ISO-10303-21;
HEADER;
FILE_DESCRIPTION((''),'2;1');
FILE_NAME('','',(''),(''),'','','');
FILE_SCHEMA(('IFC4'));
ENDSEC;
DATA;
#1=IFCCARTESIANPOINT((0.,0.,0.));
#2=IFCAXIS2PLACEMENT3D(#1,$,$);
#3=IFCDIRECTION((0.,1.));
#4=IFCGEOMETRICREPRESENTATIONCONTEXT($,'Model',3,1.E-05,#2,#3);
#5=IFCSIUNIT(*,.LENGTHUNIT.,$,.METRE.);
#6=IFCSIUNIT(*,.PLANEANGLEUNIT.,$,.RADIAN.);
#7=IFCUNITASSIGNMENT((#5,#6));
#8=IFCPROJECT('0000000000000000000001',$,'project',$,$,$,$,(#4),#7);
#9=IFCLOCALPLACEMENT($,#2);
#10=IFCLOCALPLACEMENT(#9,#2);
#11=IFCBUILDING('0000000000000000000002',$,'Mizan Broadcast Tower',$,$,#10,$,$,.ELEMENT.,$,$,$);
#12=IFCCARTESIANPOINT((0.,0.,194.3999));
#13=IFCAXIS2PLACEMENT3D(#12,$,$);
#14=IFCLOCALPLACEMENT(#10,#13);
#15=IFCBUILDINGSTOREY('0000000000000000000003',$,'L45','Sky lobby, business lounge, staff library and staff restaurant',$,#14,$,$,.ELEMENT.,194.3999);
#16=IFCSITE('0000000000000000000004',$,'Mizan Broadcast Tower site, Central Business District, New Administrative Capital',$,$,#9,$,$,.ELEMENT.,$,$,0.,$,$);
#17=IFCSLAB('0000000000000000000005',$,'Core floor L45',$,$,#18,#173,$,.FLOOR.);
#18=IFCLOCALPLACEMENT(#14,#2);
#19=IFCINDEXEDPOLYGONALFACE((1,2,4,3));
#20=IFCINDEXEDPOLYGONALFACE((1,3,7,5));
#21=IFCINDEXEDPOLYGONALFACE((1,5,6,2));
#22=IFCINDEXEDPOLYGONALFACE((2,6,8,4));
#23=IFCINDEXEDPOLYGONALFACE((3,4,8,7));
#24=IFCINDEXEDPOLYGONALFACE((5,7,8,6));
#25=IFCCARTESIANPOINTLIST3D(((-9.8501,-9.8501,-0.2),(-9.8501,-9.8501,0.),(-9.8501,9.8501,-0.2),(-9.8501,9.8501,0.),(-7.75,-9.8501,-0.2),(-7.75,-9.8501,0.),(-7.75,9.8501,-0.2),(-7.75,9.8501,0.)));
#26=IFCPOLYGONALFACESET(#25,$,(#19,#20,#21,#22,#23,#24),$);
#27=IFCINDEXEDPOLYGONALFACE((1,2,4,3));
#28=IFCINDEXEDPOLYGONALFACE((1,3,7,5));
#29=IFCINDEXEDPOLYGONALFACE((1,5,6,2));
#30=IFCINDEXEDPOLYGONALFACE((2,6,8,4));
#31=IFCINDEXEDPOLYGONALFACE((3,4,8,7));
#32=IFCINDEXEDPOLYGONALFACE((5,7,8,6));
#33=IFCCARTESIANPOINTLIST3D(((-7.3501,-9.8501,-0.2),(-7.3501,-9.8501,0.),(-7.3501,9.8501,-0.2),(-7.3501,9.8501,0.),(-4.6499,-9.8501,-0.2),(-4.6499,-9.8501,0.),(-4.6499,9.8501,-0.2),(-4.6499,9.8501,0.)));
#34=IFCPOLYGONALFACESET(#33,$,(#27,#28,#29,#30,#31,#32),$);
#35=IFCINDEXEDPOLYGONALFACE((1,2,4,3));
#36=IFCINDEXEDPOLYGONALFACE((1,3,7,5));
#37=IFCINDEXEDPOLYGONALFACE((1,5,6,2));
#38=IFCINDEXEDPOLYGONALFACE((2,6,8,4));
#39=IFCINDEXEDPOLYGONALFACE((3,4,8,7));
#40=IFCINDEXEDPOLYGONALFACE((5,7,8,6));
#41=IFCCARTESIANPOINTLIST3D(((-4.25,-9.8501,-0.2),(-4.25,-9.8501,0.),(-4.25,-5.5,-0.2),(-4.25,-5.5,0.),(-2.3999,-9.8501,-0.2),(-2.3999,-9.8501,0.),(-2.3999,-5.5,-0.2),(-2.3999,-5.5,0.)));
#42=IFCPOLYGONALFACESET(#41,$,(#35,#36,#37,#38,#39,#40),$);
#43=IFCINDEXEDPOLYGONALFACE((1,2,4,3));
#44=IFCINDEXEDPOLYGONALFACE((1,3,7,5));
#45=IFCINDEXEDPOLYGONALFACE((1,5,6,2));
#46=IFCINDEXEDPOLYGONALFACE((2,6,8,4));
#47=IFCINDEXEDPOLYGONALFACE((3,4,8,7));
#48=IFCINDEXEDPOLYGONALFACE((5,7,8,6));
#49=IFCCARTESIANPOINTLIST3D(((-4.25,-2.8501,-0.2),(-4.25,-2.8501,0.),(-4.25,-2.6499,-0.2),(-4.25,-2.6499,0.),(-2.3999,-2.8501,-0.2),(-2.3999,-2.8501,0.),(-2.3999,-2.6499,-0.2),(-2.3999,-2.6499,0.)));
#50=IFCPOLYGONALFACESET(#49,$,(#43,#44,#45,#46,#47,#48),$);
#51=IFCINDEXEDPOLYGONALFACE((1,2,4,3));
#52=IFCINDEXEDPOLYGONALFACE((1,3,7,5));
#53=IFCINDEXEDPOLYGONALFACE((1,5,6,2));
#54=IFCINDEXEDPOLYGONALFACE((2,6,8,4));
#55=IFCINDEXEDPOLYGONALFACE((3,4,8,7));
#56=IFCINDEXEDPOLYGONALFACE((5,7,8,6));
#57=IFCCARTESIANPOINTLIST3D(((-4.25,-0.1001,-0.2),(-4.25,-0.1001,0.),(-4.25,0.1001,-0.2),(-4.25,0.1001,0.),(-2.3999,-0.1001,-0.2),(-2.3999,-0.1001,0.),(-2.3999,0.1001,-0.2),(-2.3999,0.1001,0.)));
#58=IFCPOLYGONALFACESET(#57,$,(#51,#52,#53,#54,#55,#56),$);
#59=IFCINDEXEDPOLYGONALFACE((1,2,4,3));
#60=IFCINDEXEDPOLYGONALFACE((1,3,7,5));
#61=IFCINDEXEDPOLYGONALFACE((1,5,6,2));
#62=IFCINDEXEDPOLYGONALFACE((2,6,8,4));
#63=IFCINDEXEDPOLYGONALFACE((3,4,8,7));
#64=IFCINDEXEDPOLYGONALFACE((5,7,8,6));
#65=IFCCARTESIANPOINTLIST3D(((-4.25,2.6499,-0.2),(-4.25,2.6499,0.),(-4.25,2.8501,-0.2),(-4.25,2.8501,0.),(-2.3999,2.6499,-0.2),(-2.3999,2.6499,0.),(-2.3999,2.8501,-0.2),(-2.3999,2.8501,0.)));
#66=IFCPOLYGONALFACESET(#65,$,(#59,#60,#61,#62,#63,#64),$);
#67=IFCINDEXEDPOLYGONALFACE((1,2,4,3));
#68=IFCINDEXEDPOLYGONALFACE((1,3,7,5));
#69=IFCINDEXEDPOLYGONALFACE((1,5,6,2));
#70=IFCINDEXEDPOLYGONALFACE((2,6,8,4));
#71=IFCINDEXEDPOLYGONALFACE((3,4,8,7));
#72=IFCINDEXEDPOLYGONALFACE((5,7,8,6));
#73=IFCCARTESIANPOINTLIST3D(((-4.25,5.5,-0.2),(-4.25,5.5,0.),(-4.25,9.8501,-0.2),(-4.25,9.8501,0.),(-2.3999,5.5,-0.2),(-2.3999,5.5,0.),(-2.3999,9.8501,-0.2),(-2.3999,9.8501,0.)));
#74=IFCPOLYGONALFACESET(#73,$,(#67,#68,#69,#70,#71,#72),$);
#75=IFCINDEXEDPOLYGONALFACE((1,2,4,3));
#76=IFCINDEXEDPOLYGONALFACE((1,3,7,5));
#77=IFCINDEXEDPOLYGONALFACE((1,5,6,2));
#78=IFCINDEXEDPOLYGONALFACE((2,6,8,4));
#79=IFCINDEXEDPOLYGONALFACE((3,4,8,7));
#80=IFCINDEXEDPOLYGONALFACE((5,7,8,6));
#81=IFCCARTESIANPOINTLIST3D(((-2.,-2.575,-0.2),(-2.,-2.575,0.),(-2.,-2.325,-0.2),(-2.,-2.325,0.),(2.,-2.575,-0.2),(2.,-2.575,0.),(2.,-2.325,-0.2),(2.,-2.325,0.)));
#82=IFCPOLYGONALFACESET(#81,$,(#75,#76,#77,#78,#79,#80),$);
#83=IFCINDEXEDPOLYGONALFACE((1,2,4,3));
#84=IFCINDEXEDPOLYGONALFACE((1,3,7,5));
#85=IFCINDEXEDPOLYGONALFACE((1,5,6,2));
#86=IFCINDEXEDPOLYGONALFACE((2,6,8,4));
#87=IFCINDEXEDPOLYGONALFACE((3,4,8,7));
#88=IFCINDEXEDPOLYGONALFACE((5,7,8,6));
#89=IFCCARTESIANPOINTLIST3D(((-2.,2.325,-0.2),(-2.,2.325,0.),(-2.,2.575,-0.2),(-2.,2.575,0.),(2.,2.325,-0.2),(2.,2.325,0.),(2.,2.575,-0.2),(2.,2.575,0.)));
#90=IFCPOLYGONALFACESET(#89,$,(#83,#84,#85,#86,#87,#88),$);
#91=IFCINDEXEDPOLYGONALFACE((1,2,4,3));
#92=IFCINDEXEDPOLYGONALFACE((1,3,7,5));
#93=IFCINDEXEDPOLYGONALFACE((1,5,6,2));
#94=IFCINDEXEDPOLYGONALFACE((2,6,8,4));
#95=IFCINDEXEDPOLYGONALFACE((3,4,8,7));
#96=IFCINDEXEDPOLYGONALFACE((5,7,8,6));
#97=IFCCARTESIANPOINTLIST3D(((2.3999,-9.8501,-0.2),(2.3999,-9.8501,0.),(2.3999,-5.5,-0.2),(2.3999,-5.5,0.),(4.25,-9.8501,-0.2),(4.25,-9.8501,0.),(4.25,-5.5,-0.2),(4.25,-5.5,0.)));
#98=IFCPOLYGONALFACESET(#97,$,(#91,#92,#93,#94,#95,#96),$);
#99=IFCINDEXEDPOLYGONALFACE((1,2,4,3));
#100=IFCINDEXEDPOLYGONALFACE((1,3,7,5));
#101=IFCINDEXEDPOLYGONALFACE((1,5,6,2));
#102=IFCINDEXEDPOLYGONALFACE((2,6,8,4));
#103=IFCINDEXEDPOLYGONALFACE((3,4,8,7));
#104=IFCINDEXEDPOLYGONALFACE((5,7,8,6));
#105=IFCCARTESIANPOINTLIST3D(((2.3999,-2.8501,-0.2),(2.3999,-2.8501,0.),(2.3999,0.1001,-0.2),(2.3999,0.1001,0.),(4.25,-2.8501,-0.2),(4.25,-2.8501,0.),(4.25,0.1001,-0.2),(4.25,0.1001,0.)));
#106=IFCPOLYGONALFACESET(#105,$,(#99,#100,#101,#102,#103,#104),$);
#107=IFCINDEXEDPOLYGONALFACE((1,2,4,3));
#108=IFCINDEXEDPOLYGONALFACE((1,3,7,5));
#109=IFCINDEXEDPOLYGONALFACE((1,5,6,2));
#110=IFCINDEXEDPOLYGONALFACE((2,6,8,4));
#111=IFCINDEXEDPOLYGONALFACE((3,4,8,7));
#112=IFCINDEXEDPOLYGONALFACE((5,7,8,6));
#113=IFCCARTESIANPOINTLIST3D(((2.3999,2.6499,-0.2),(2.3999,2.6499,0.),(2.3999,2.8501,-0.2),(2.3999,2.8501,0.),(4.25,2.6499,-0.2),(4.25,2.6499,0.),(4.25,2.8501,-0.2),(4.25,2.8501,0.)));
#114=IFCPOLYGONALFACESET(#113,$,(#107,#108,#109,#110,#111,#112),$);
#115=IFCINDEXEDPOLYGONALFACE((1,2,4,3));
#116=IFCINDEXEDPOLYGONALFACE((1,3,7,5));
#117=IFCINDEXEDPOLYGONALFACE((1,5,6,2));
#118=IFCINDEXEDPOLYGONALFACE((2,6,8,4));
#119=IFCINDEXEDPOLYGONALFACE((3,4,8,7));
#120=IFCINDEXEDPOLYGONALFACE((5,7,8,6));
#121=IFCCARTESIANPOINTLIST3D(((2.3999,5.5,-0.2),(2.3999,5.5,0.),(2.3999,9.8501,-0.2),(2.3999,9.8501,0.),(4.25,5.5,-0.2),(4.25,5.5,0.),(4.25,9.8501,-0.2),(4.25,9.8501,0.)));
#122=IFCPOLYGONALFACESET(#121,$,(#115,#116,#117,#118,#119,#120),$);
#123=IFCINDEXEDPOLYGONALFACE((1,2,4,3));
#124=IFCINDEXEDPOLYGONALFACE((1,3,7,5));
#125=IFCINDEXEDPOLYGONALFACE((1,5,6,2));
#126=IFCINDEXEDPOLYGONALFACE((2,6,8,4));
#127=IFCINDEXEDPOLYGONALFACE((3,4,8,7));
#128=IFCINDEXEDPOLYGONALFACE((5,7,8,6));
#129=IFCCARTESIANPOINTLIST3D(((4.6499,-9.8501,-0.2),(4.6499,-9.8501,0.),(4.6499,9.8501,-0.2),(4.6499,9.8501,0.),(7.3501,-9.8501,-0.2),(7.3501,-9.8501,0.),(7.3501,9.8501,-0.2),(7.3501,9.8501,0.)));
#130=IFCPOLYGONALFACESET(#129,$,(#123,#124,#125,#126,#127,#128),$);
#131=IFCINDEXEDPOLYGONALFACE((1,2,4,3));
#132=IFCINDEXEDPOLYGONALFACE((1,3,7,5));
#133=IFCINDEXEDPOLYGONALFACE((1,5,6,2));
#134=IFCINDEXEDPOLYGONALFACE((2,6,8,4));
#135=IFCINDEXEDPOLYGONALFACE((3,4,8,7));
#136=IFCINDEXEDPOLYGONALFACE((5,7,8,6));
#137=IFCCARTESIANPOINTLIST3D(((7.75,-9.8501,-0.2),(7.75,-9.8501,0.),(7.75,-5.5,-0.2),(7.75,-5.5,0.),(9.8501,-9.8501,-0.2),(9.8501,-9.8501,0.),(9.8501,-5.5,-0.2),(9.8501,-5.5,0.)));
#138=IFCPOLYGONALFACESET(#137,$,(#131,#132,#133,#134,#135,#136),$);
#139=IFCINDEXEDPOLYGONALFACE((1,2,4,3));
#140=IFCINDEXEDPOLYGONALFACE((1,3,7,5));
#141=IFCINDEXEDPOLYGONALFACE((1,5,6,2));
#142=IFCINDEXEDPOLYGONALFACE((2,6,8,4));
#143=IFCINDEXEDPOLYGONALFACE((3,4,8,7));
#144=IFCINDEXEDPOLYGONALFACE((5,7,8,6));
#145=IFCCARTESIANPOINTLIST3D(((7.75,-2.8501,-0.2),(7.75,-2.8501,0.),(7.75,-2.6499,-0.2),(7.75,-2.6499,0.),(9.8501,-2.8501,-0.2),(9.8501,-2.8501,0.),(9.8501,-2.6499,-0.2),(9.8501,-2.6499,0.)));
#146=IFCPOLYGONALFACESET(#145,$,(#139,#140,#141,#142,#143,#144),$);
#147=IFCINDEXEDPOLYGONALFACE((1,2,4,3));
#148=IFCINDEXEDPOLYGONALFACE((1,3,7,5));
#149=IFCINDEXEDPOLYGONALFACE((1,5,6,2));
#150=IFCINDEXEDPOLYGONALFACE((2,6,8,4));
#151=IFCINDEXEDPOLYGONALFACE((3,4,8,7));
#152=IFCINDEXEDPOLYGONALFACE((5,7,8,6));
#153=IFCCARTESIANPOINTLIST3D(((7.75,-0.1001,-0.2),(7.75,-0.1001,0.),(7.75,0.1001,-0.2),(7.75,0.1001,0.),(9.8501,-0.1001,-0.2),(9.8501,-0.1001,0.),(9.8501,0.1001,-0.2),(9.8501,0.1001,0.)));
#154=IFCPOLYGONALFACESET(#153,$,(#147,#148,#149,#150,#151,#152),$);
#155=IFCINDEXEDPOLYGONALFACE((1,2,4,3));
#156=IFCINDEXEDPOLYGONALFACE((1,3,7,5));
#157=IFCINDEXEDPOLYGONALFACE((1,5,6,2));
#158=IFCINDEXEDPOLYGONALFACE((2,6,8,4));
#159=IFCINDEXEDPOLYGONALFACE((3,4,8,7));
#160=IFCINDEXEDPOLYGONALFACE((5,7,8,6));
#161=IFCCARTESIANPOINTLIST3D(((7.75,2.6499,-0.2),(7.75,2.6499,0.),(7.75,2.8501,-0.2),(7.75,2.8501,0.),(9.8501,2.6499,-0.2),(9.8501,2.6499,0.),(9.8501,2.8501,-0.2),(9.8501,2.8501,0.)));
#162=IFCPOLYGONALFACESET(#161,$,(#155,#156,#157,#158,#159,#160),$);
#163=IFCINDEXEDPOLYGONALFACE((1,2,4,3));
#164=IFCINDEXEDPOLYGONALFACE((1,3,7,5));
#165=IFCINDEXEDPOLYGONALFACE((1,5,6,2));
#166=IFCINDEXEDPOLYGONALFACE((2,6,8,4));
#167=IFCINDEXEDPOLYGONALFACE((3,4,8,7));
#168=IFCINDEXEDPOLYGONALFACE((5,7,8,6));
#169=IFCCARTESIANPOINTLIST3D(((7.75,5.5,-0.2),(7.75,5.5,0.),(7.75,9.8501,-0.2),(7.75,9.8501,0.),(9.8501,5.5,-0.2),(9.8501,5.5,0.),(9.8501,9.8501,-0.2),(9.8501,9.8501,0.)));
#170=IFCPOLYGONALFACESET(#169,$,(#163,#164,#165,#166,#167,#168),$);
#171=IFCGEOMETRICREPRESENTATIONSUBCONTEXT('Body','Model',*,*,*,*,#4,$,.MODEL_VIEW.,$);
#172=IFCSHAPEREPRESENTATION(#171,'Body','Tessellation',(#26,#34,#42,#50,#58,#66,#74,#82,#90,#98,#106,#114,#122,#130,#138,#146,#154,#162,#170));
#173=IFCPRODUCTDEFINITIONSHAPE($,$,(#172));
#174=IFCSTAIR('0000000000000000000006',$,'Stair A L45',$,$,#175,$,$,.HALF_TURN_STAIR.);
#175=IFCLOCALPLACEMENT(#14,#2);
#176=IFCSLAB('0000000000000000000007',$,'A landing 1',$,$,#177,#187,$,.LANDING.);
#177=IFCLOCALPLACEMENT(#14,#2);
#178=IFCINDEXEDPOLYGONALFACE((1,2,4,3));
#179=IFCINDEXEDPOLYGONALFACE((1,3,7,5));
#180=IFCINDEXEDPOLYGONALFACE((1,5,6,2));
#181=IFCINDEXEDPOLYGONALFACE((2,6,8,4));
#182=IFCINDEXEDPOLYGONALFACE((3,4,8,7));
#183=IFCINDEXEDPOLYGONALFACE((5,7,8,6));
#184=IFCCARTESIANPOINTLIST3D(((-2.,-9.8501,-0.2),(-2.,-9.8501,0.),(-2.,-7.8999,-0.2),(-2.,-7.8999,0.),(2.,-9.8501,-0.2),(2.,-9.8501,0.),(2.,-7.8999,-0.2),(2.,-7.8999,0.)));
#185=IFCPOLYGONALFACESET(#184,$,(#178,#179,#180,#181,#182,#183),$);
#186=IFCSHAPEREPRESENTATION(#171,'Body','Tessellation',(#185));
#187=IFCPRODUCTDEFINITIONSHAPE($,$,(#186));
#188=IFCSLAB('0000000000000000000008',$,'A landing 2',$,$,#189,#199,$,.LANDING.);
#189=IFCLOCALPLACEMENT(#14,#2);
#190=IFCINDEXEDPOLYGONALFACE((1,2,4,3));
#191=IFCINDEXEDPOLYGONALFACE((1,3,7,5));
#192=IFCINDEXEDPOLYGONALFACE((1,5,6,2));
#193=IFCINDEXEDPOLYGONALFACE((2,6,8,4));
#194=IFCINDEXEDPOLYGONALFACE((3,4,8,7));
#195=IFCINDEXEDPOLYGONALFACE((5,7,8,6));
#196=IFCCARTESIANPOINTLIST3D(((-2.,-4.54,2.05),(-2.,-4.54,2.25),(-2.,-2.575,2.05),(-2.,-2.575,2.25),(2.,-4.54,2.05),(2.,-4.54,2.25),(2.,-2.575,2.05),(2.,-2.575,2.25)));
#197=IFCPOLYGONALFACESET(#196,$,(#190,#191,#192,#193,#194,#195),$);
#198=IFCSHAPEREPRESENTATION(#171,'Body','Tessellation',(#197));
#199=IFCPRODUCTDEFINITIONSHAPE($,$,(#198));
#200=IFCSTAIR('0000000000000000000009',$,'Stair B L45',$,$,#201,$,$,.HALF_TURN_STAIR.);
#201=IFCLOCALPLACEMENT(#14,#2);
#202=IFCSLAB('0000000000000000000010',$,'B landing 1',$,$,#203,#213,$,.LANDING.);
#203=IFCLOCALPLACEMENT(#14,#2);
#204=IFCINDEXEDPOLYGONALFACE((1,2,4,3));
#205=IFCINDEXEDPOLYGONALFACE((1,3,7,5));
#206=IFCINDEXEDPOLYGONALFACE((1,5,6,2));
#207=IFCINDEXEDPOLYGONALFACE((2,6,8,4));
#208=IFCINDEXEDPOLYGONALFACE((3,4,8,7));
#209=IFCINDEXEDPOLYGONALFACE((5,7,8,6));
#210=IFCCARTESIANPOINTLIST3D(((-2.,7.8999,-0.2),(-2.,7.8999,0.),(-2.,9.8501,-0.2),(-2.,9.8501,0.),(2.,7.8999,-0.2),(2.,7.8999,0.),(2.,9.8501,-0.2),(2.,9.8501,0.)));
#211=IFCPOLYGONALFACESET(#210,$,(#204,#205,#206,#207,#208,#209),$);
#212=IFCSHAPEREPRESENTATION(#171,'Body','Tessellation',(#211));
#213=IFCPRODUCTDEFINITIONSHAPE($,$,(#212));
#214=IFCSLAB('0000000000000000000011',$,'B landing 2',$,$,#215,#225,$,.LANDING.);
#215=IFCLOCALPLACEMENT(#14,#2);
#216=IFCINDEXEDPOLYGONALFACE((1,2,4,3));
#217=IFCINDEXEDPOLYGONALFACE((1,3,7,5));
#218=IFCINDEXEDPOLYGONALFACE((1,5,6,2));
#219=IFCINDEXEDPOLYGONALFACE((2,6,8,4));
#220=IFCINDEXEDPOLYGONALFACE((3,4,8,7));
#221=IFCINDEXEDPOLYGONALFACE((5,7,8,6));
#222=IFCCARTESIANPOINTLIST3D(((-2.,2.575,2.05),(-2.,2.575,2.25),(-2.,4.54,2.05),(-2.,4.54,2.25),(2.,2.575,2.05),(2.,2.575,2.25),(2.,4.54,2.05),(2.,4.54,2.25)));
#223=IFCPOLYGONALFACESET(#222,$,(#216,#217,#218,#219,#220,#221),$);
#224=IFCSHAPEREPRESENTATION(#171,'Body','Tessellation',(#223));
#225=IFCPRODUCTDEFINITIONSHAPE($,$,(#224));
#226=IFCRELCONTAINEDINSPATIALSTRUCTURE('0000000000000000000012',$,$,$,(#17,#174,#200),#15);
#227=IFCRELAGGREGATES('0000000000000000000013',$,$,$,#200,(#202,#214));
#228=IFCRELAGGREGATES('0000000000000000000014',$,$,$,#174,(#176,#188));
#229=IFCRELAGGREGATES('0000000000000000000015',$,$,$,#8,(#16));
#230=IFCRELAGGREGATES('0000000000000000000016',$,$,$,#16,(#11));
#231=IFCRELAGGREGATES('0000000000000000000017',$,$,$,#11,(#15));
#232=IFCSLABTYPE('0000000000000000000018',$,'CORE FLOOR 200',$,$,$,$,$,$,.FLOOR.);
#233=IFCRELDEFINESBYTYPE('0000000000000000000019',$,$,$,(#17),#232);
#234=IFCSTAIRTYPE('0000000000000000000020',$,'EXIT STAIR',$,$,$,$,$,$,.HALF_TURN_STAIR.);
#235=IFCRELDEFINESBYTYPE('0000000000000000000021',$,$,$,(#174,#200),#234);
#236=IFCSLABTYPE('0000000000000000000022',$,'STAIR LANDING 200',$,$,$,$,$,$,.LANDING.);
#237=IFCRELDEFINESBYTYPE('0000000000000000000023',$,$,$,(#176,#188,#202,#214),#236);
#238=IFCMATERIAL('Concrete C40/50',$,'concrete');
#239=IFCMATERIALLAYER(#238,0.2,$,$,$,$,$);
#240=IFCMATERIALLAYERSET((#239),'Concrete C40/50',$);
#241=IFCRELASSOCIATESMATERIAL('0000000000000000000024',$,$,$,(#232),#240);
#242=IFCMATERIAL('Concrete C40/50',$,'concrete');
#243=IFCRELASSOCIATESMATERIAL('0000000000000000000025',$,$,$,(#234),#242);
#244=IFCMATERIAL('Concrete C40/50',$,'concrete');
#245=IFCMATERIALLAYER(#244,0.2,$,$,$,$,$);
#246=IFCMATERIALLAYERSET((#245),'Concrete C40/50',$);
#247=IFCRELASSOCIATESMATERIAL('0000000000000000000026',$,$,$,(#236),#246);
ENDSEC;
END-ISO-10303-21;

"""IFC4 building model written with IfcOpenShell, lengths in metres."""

from ifc_helpers import new_model, si_unit, direction, frame, origin, place, context, subcontext, project, spatial, polyline, outline, extrude, material, layer, layer_set, type_object, element, aggregate, save


model = new_model("IFC4")

# Units and contexts
model_context = context("Model", 3, precision=1e-05, world=origin(), true_north=direction((0.0, 1.0)))
body_context = subcontext(model_context, "Body", "Model", "MODEL_VIEW")
ifc_project = project(units=[si_unit("LENGTHUNIT", "METRE"), si_unit("PLANEANGLEUNIT", "RADIAN")], contexts=[model_context])

# Site, building, storey
site_placement = place(None, origin())
site = spatial("IfcSite", under=ifc_project, at=site_placement, Name="Mizan Broadcast Tower site, Central Business District, New Administrative Capital", CompositionType="ELEMENT", RefElevation=0.0)
building_placement = place(site_placement, origin())
building = spatial("IfcBuilding", under=site, at=building_placement, Name="Mizan Broadcast Tower", CompositionType="ELEMENT")
storey_placement = place(building_placement, frame((0.0, 0.0, 194.3999)))
storey = spatial("IfcBuildingStorey", under=building, at=storey_placement, Name="L45", Description="Sky lobby, business lounge, staff library and staff restaurant", CompositionType="ELEMENT", Elevation=194.3999)

# Slab
ifc_material_1 = material(Name="Concrete C40/50", Category="concrete")
ifc_layer_1 = layer(ifc_material_1, 0.2)
ifc_layer_set_1 = layer_set([ifc_layer_1], Name="Concrete C40/50")
slab_type_1 = type_object("IfcSlabType", Name="CORE FLOOR 200", PredefinedType="FLOOR", material=ifc_layer_set_1)
slab_1_placement = place(storey_placement, frame((0.0, 0.0, -0.2)))
element("IfcSlab", 1, at=slab_1_placement, inside=storey, type_object=slab_type_1, Name="Core floor L45", PredefinedType="FLOOR", context=body_context, shape_type="SweptSolid", body=[
    extrude(outline(polyline([(-9.8501, -9.8501), (-7.75, -9.8501), (-7.75, 9.8501), (-9.8501, 9.8501), (-9.8501, -9.8501)])), origin(), (0.0, 0.0, 1.0), 0.2),
    extrude(outline(polyline([(-4.6499, 9.8501), (-7.3501, 9.8501), (-7.3501, -9.8501), (-4.6499, -9.8501), (-4.6499, 9.8501)])), origin(), (0.0, 0.0, 1.0), 0.2),
    extrude(outline(polyline([(-4.25, -5.5), (-4.25, -9.8501), (-2.3999, -9.8501), (-2.3999, -5.5), (-4.25, -5.5)])), origin(), (0.0, 0.0, 1.0), 0.2),
    extrude(outline(polyline([(-4.25, -2.8501), (-2.3999, -2.8501), (-2.3999, -2.6499), (-4.25, -2.6499), (-4.25, -2.8501)])), origin(), (0.0, 0.0, 1.0), 0.2),
    extrude(outline(polyline([(-4.25, -0.1001), (-2.3999, -0.1001), (-2.3999, 0.1001), (-4.25, 0.1001), (-4.25, -0.1001)])), origin(), (0.0, 0.0, 1.0), 0.2),
    extrude(outline(polyline([(-4.25, 2.6499), (-2.3999, 2.6499), (-2.3999, 2.8501), (-4.25, 2.8501), (-4.25, 2.6499)])), origin(), (0.0, 0.0, 1.0), 0.2),
    extrude(outline(polyline([(-4.25, 5.5), (-2.3999, 5.5), (-2.3999, 9.8501), (-4.25, 9.8501), (-4.25, 5.5)])), origin(), (0.0, 0.0, 1.0), 0.2),
    extrude(outline(polyline([(2.0, -2.325), (-2.0, -2.325), (-2.0, -2.575), (2.0, -2.575), (2.0, -2.325)])), origin(), (0.0, 0.0, 1.0), 0.2),
    extrude(outline(polyline([(2.0, 2.575), (-2.0, 2.575), (-2.0, 2.325), (2.0, 2.325), (2.0, 2.575)])), origin(), (0.0, 0.0, 1.0), 0.2),
    extrude(outline(polyline([(4.25, -9.8501), (4.25, -5.5), (2.3999, -5.5), (2.3999, -9.8501), (4.25, -9.8501)])), origin(), (0.0, 0.0, 1.0), 0.2),
    extrude(outline(polyline([(4.25, -2.8501), (4.25, 0.1001), (2.3999, 0.1001), (2.3999, -2.8501), (4.25, -2.8501)])), origin(), (0.0, 0.0, 1.0), 0.2),
    extrude(outline(polyline([(4.25, 2.6499), (4.25, 2.8501), (2.3999, 2.8501), (2.3999, 2.6499), (4.25, 2.6499)])), origin(), (0.0, 0.0, 1.0), 0.2),
    extrude(outline(polyline([(4.25, 5.5), (4.25, 9.8501), (2.3999, 9.8501), (2.3999, 5.5), (4.25, 5.5)])), origin(), (0.0, 0.0, 1.0), 0.2),
    extrude(outline(polyline([(4.6499, 9.8501), (4.6499, -9.8501), (7.3501, -9.8501), (7.3501, 9.8501), (4.6499, 9.8501)])), origin(), (0.0, 0.0, 1.0), 0.2),
    extrude(outline(polyline([(9.8501, -9.8501), (9.8501, -5.5), (7.75, -5.5), (7.75, -9.8501), (9.8501, -9.8501)])), origin(), (0.0, 0.0, 1.0), 0.2),
    extrude(outline(polyline([(9.8501, -2.8501), (9.8501, -2.6499), (7.75, -2.6499), (7.75, -2.8501), (9.8501, -2.8501)])), origin(), (0.0, 0.0, 1.0), 0.2),
    extrude(outline(polyline([(9.8501, -0.1001), (9.8501, 0.1001), (7.75, 0.1001), (7.75, -0.1001), (9.8501, -0.1001)])), origin(), (0.0, 0.0, 1.0), 0.2),
    extrude(outline(polyline([(9.8501, 2.6499), (9.8501, 2.8501), (7.75, 2.8501), (7.75, 2.6499), (9.8501, 2.6499)])), origin(), (0.0, 0.0, 1.0), 0.2),
    extrude(outline(polyline([(9.8501, 5.5), (9.8501, 9.8501), (7.75, 9.8501), (7.75, 5.5), (9.8501, 5.5)])), origin(), (0.0, 0.0, 1.0), 0.2),
])

# Stairs, slabs
ifc_material_2 = material(Name="Concrete C40/50", Category="concrete")
stair_type = type_object("IfcStairType", Name="EXIT STAIR", PredefinedType="HALF_TURN_STAIR", material=ifc_material_2)
stair_1_placement = place(storey_placement, origin())
stair_1 = element("IfcStair", 2, at=stair_1_placement, inside=storey, type_object=stair_type, Name="Stair A L45", PredefinedType="HALF_TURN_STAIR")
ifc_material_3 = material(Name="Concrete C40/50", Category="concrete")
ifc_layer_2 = layer(ifc_material_3, 0.2)
ifc_layer_set_2 = layer_set([ifc_layer_2], Name="Concrete C40/50")
slab_type_2 = type_object("IfcSlabType", Name="STAIR LANDING 200", PredefinedType="LANDING", material=ifc_layer_set_2)
slab_2_placement = place(storey_placement, frame((0.0, 0.0, -0.2)))
slab_2 = element("IfcSlab", 3, at=slab_2_placement, type_object=slab_type_2, Name="A landing 1", PredefinedType="LANDING", context=body_context, shape_type="SweptSolid", body=[
    extrude(outline(polyline([(-2.0, -9.8501), (-2.0, -7.8999), (2.0, -7.8999), (2.0, -9.8501), (-2.0, -9.8501)])), origin(), (0.0, 0.0, 1.0), 0.2),
])
slab_3_placement = place(storey_placement, frame((0.0, 0.0, 2.05)))
slab_3 = element("IfcSlab", 4, at=slab_3_placement, type_object=slab_type_2, Name="A landing 2", PredefinedType="LANDING", context=body_context, shape_type="SweptSolid", body=[
    extrude(outline(polyline([(-2.0, -4.54), (-2.0, -2.575), (2.0, -2.575), (2.0, -4.54), (-2.0, -4.54)])), origin(), (0.0, 0.0, 1.0), 0.2),
])
stair_2_placement = place(storey_placement, origin())
stair_2 = element("IfcStair", 5, at=stair_2_placement, inside=storey, type_object=stair_type, Name="Stair B L45", PredefinedType="HALF_TURN_STAIR")
slab_4_placement = place(storey_placement, frame((0.0, 0.0, -0.2)))
slab_4 = element("IfcSlab", 6, at=slab_4_placement, type_object=slab_type_2, Name="B landing 1", PredefinedType="LANDING", context=body_context, shape_type="SweptSolid", body=[
    extrude(outline(polyline([(2.0, 9.8501), (2.0, 7.8999), (-2.0, 7.8999), (-2.0, 9.8501), (2.0, 9.8501)])), origin(), (0.0, 0.0, 1.0), 0.2),
])
slab_5_placement = place(storey_placement, frame((0.0, 0.0, 2.05)))
slab_5 = element("IfcSlab", 7, at=slab_5_placement, type_object=slab_type_2, Name="B landing 2", PredefinedType="LANDING", context=body_context, shape_type="SweptSolid", body=[
    extrude(outline(polyline([(2.0, 4.54), (2.0, 2.575), (-2.0, 2.575), (-2.0, 4.54), (2.0, 4.54)])), origin(), (0.0, 0.0, 1.0), 0.2),
])
aggregate(stair_2, [slab_4, slab_5])

aggregate(stair_1, [slab_2, slab_3])

save(model, "model.ifc")
